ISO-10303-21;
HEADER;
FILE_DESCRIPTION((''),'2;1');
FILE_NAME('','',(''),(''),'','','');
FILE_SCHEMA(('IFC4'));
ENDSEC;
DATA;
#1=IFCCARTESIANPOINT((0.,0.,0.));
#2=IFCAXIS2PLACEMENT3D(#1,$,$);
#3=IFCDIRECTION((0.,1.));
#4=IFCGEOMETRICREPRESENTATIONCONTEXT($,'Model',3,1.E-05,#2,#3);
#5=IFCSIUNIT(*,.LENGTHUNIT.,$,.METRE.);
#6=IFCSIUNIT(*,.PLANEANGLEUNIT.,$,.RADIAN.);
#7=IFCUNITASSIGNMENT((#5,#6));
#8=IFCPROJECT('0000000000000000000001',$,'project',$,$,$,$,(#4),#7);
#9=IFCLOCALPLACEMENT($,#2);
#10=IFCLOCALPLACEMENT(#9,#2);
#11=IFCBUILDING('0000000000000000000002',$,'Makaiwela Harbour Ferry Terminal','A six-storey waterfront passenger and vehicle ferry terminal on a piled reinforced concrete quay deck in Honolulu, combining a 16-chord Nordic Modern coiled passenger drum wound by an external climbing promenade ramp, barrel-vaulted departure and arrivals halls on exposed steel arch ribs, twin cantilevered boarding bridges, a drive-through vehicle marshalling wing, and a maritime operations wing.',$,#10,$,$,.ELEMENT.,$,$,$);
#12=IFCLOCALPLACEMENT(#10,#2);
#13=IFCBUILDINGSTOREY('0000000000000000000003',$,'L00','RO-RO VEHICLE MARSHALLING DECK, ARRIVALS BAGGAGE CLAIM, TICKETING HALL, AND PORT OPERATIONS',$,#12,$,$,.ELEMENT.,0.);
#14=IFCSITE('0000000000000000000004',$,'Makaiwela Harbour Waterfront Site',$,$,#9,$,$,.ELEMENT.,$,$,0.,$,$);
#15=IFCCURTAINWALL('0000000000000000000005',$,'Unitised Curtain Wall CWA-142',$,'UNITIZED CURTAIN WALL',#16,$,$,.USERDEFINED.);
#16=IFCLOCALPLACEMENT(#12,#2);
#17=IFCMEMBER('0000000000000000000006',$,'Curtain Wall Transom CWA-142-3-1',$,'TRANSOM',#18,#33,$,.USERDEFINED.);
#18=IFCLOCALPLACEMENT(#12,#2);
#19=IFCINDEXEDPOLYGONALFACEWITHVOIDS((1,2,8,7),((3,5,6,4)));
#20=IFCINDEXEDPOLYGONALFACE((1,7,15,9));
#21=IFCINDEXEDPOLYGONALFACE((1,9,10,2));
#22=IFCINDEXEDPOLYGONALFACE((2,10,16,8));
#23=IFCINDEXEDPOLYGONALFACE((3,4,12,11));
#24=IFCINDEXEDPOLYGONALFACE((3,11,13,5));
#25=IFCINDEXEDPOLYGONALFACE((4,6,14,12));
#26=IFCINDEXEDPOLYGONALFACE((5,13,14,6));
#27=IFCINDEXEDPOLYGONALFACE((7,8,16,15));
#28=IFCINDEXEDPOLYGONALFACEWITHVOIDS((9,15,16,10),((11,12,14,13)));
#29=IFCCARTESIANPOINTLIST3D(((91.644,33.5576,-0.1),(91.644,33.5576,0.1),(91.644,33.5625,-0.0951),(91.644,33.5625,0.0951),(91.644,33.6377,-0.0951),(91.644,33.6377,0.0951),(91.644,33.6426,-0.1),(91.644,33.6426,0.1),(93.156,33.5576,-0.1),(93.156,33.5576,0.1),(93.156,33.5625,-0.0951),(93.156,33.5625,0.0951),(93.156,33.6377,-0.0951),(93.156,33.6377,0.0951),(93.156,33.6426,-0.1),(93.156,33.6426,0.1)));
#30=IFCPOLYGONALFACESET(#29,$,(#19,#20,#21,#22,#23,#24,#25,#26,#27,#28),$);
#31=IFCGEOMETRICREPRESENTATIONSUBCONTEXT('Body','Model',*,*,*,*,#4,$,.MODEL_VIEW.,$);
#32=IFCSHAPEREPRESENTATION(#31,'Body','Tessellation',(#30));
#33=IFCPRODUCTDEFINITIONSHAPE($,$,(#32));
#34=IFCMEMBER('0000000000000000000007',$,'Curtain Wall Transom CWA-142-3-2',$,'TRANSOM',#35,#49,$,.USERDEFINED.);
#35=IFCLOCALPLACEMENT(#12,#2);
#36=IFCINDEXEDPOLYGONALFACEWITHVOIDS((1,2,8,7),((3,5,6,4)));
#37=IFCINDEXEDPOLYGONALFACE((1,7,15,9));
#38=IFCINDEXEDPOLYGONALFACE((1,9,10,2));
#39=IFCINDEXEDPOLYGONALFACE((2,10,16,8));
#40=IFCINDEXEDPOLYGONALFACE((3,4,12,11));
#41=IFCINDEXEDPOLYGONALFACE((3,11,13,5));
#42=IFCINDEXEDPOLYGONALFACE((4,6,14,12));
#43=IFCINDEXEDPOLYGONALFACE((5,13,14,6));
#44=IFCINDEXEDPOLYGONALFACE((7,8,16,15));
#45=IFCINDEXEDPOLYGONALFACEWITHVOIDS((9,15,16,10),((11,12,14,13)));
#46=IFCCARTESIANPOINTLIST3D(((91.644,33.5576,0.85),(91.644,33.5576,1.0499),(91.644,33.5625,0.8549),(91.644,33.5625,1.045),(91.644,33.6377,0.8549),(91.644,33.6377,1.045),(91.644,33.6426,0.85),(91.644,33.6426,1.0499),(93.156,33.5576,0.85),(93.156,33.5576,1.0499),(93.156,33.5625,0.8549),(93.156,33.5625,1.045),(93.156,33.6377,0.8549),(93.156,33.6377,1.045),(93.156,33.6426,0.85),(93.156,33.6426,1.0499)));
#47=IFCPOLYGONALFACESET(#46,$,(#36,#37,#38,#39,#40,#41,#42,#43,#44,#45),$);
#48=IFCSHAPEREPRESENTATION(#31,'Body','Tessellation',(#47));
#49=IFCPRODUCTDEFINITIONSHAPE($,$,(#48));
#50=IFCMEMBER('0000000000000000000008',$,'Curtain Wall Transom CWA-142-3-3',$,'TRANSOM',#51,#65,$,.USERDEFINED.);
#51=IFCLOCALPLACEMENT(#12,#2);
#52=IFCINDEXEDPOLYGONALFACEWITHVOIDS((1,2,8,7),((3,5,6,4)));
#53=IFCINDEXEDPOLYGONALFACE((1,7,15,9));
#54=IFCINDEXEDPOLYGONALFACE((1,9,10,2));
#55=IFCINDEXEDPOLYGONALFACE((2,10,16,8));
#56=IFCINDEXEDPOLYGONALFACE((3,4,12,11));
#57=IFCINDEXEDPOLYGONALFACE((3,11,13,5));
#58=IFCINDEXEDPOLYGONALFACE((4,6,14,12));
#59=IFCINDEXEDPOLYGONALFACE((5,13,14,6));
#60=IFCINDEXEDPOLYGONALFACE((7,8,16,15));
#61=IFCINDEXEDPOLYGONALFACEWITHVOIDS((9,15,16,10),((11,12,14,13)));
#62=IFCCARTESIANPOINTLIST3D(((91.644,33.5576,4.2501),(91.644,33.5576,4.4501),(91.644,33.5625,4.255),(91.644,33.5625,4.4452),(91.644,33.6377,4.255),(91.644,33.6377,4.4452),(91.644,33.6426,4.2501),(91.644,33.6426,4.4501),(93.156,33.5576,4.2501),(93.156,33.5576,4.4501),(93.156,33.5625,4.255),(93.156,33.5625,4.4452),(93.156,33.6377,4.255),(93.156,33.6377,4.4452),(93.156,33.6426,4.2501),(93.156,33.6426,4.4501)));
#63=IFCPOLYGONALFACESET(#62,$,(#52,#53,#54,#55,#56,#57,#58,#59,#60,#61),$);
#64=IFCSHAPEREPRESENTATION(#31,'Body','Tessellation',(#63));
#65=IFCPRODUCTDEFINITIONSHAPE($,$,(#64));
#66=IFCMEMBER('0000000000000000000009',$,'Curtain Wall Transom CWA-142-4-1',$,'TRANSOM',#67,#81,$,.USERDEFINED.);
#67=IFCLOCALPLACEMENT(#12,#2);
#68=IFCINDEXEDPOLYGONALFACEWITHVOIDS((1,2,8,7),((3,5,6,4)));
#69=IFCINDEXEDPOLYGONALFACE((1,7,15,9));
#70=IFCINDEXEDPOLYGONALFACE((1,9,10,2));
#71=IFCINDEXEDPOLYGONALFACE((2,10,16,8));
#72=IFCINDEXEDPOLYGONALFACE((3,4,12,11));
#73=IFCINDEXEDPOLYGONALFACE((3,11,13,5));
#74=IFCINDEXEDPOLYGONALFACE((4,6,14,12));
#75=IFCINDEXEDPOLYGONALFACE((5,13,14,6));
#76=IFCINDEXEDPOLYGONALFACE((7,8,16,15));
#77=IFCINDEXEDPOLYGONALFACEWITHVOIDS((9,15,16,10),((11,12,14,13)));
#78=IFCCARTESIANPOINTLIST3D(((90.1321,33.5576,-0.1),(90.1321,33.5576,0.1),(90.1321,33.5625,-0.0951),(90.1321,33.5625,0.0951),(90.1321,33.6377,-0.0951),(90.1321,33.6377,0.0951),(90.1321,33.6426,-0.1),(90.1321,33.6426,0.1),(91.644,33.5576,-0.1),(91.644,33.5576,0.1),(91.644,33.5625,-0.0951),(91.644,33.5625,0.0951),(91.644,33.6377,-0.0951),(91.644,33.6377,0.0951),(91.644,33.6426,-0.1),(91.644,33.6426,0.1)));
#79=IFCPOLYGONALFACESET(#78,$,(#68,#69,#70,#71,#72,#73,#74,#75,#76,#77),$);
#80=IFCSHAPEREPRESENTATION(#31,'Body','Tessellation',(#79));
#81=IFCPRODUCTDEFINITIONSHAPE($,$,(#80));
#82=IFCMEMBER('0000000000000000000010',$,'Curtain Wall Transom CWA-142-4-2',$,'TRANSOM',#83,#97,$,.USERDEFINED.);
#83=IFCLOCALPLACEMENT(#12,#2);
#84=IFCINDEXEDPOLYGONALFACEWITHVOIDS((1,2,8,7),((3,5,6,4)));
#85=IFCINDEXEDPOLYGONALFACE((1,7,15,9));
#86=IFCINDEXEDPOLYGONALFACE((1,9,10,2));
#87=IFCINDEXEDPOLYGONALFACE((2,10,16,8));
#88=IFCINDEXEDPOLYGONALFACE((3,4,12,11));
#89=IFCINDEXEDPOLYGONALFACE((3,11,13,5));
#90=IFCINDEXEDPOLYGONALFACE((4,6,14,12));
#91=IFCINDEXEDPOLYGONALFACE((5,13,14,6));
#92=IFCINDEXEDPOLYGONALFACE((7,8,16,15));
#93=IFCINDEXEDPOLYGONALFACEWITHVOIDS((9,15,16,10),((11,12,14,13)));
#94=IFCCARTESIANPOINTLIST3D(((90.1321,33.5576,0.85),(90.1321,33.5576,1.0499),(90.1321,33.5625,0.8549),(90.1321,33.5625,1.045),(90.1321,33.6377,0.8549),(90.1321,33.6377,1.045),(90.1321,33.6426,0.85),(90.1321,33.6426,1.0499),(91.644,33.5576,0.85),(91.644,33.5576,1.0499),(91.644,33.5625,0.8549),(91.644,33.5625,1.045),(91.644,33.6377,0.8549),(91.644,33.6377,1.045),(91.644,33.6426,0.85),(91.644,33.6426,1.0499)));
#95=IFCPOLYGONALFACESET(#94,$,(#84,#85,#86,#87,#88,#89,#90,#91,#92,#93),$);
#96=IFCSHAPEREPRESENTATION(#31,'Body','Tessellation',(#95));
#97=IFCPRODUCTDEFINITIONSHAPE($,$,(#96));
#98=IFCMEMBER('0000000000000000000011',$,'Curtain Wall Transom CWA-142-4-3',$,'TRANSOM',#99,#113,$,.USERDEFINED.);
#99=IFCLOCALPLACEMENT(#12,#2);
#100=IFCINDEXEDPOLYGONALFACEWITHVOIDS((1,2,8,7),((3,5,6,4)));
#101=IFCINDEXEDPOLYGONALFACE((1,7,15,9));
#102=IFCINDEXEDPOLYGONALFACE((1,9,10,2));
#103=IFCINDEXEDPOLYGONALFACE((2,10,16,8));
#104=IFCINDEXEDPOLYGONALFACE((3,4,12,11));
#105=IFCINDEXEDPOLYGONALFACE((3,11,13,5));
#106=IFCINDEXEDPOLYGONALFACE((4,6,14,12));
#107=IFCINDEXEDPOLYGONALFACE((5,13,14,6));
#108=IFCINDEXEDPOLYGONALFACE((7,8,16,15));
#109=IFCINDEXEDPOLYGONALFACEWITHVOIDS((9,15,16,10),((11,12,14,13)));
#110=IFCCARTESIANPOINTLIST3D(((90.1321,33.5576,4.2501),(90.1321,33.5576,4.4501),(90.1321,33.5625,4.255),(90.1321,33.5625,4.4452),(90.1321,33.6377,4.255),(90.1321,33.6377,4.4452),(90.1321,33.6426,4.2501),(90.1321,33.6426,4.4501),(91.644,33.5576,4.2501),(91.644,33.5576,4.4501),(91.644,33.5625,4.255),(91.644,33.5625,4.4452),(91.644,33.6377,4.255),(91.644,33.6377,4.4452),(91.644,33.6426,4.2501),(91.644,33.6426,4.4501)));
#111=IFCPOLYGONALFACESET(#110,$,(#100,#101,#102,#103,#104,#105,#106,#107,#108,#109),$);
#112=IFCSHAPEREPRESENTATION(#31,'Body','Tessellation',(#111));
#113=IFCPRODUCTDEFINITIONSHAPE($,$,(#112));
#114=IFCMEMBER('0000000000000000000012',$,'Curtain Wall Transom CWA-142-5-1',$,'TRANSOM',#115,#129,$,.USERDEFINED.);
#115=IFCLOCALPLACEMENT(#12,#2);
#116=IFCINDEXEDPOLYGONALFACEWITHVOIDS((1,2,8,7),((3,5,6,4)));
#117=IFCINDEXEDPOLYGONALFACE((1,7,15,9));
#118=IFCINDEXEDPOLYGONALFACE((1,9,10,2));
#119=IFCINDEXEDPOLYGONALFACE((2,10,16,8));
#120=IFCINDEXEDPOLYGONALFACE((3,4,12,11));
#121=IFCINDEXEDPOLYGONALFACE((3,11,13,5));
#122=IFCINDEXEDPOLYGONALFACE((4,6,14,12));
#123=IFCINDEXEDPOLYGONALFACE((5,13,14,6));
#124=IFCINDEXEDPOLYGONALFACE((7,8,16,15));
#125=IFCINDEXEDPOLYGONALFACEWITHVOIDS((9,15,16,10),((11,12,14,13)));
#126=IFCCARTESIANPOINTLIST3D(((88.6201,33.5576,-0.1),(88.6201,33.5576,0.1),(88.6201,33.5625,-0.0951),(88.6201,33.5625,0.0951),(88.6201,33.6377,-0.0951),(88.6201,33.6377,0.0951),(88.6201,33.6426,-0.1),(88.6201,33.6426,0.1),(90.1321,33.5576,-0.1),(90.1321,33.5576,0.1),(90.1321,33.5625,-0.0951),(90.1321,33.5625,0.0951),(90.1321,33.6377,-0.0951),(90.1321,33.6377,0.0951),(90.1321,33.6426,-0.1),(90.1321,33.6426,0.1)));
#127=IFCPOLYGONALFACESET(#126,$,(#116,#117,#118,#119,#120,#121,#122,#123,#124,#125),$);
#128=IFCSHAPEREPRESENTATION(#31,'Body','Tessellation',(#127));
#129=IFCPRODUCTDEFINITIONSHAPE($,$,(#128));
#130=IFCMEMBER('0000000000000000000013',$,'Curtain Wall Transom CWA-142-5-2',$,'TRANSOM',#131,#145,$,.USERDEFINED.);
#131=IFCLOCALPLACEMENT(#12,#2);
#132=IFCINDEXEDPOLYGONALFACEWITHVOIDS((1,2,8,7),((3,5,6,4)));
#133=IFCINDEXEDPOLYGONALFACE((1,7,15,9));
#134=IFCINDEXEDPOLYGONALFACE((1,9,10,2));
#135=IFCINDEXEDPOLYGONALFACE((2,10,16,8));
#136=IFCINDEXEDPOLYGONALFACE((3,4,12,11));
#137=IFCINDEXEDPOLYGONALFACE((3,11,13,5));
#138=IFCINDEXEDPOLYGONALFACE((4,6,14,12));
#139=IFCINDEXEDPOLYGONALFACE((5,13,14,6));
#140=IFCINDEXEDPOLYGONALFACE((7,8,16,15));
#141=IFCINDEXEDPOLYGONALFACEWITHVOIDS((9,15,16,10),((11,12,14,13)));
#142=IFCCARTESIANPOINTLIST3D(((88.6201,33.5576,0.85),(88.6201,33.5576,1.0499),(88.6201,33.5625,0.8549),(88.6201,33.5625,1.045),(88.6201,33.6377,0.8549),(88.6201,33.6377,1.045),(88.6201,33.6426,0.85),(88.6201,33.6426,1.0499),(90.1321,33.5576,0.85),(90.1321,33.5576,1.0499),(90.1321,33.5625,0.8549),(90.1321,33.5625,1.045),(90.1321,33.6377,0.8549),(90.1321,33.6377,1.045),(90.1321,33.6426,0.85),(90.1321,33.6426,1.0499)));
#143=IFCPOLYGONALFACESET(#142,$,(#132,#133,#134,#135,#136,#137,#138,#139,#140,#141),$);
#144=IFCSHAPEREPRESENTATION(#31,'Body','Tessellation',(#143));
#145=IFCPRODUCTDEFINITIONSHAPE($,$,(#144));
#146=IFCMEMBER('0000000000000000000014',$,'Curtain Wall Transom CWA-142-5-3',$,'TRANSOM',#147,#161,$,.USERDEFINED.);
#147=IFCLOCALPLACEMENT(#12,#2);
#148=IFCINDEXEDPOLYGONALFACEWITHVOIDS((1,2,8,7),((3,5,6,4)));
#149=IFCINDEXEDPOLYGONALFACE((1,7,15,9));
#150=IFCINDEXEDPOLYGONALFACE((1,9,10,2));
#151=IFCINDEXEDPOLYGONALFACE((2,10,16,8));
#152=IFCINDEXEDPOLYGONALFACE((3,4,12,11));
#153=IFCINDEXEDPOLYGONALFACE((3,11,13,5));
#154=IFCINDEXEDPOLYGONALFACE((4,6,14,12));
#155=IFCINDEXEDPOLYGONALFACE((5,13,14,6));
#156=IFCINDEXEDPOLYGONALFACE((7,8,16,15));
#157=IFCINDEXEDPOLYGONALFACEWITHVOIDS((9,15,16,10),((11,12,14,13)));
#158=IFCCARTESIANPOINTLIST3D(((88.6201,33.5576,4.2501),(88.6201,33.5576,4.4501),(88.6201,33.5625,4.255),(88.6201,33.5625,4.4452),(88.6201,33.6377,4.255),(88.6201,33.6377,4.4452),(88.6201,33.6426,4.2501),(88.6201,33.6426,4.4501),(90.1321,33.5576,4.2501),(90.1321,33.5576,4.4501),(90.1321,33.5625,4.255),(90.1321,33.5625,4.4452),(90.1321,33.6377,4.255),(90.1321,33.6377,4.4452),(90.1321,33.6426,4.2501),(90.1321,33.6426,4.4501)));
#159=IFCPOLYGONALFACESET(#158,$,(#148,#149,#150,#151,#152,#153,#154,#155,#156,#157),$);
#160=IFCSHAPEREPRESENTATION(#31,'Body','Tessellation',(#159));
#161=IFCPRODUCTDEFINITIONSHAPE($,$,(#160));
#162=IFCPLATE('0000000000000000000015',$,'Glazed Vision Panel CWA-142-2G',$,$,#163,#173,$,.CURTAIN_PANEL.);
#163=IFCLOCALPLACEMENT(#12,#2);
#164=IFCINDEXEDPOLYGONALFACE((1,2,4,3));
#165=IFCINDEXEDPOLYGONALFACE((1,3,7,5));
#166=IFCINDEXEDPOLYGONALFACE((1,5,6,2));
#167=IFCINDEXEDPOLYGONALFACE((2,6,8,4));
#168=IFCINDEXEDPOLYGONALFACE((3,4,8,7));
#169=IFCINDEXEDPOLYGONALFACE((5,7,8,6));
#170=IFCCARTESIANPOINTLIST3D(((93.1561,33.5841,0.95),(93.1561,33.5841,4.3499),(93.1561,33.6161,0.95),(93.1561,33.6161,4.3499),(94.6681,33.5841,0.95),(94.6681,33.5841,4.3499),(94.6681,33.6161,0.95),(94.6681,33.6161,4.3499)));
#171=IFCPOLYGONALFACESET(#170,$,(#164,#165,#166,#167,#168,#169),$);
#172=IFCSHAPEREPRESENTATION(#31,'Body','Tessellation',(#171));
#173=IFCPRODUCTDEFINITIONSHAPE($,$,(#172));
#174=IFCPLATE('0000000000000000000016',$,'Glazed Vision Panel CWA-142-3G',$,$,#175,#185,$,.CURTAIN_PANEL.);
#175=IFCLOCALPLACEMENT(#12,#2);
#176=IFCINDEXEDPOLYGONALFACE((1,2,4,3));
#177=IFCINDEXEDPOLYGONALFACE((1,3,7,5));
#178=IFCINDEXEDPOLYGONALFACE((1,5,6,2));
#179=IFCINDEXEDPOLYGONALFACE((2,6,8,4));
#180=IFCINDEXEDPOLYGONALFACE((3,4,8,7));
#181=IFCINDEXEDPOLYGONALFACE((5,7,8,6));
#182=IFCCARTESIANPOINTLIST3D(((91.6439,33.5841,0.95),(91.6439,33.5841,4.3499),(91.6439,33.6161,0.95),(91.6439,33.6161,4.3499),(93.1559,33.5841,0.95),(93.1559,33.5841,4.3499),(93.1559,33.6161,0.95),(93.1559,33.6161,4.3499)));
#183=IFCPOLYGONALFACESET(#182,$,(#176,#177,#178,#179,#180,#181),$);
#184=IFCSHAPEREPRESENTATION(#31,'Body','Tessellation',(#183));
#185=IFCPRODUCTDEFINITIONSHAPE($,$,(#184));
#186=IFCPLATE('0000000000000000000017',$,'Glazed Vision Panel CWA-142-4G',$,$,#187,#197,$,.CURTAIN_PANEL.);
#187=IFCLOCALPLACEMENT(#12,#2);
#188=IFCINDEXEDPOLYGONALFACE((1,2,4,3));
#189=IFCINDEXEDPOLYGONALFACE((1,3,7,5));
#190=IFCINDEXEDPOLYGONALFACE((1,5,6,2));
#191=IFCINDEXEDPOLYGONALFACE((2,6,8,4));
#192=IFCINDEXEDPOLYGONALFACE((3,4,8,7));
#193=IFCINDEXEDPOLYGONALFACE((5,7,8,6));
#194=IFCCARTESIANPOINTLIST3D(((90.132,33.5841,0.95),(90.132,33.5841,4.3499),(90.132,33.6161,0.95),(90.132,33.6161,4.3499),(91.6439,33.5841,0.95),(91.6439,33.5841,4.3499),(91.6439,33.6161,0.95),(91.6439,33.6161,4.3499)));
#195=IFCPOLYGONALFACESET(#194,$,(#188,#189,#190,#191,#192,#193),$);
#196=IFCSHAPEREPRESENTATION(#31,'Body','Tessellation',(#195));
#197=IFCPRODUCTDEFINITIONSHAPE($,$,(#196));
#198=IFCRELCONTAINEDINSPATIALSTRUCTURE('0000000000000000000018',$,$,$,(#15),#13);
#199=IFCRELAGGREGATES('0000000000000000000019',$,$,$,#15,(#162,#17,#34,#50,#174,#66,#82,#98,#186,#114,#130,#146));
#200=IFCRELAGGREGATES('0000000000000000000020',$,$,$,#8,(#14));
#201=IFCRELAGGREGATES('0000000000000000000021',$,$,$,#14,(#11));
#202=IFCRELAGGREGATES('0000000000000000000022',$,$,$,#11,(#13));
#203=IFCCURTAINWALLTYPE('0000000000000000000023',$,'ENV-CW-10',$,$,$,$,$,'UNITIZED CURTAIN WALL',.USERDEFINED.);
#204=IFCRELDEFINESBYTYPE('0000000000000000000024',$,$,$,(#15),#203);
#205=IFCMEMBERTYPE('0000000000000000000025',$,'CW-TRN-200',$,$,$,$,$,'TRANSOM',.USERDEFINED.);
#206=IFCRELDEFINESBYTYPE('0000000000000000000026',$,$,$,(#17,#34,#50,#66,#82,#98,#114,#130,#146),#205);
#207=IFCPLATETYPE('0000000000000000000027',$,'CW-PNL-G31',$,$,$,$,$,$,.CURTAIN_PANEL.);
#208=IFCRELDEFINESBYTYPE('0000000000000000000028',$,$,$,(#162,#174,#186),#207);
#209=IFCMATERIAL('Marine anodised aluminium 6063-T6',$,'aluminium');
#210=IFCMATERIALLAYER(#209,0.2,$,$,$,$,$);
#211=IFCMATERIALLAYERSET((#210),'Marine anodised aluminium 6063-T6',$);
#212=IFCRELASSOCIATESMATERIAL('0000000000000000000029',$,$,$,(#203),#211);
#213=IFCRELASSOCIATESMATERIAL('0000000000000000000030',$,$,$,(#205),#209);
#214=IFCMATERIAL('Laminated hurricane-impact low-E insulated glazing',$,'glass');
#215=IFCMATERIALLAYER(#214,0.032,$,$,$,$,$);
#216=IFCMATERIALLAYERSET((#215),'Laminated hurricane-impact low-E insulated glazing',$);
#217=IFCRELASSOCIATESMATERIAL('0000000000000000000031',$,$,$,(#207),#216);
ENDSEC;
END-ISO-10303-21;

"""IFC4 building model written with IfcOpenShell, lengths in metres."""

from ifc_helpers import new_model, si_unit, direction, frame, origin, origin_2d, place, context, subcontext, project, spatial, rectangle, hollow_rectangle, extrude, material, layer, layer_set, material_profile, profile_set, type_object, element, aggregate, save


model = new_model("IFC4")

# Units and contexts
model_context = context("Model", 3, precision=1e-05, world=origin(), true_north=direction((0.0, 1.0)))
body_context = subcontext(model_context, "Body", "Model", "MODEL_VIEW")
ifc_project = project(units=[si_unit("LENGTHUNIT", "METRE"), si_unit("PLANEANGLEUNIT", "RADIAN")], contexts=[model_context])

# Site, building, storey
site_placement = place(None, origin())
site = spatial("IfcSite", under=ifc_project, at=site_placement, Name="Makaiwela Harbour Waterfront Site", CompositionType="ELEMENT", RefElevation=0.0)
building_placement = place(site_placement, origin())
building = spatial("IfcBuilding", under=site, at=building_placement, Name="Makaiwela Harbour Ferry Terminal", Description="A six-storey waterfront passenger and vehicle ferry terminal on a piled reinforced concrete quay deck in Honolulu, combining a 16-chord Nordic Modern coiled passenger drum wound by an external climbing promenade ramp, barrel-vaulted departure and arrivals halls on exposed steel arch ribs, twin cantilevered boarding bridges, a drive-through vehicle marshalling wing, and a maritime operations wing.", CompositionType="ELEMENT")
storey_placement = place(building_placement, origin())
storey = spatial("IfcBuildingStorey", under=building, at=storey_placement, Name="L00", Description="RO-RO VEHICLE MARSHALLING DECK, ARRIVALS BAGGAGE CLAIM, TICKETING HALL, AND PORT OPERATIONS", CompositionType="ELEMENT", Elevation=0.0)

# Curtain wall, members, plates
ifc_material_1 = material(Name="Marine anodised aluminium 6063-T6", Category="aluminium")
ifc_layer_1 = layer(ifc_material_1, 0.2)
ifc_layer_set_1 = layer_set([ifc_layer_1], Name="Marine anodised aluminium 6063-T6")
curtain_wall_type = type_object("IfcCurtainWallType", Name="ENV-CW-10", ElementType="UNITIZED CURTAIN WALL", PredefinedType="USERDEFINED", material=ifc_layer_set_1)
curtain_wall_placement = place(storey_placement, origin())
curtain_wall = element("IfcCurtainWall", 1, at=curtain_wall_placement, inside=storey, type_object=curtain_wall_type, Name="Unitised Curtain Wall CWA-142", ObjectType="UNITIZED CURTAIN WALL", PredefinedType="USERDEFINED")
ifc_material_profile_1 = material_profile(ifc_material_1, hollow_rectangle(XDim=0.085, YDim=0.2, WallThickness=0.0049, at=origin_2d()), Name="CWT-200X85")
ifc_profile_set_1 = profile_set([ifc_material_profile_1], Name="Marine anodised aluminium 6063-T6")
member_type_1 = type_object("IfcMemberType", Name="CW-TRN-200", ElementType="TRANSOM", PredefinedType="USERDEFINED", material=ifc_profile_set_1)
member_1_placement = place(storey_placement, frame((93.156, 33.6001, 0.0), z_axis=(-1.0, 0.0, 0.0), x_axis=(0.0, -1.0, 0.0)))
member_1 = element("IfcMember", 2, at=member_1_placement, type_object=member_type_1, Name="Curtain Wall Transom CWA-142-3-1", ObjectType="TRANSOM", PredefinedType="USERDEFINED", context=body_context, shape_type="SweptSolid", body=[
    extrude(hollow_rectangle(XDim=0.085, YDim=0.2, WallThickness=0.0049, at=origin_2d()), origin(), (0.0, 0.0, 1.0), 1.512),
])
member_2_placement = place(storey_placement, frame((93.156, 33.6001, 0.95), z_axis=(-1.0, 0.0, 0.0), x_axis=(0.0, -1.0, 0.0)))
member_2 = element("IfcMember", 3, at=member_2_placement, type_object=member_type_1, Name="Curtain Wall Transom CWA-142-3-2", ObjectType="TRANSOM", PredefinedType="USERDEFINED", context=body_context, shape_type="SweptSolid", body=[
    extrude(hollow_rectangle(XDim=0.085, YDim=0.2, WallThickness=0.0049, at=origin_2d()), origin(), (0.0, 0.0, 1.0), 1.512),
])
member_3_placement = place(storey_placement, frame((93.156, 33.6001, 4.3501), z_axis=(-1.0, 0.0, 0.0), x_axis=(0.0, -1.0, 0.0)))
member_3 = element("IfcMember", 4, at=member_3_placement, type_object=member_type_1, Name="Curtain Wall Transom CWA-142-3-3", ObjectType="TRANSOM", PredefinedType="USERDEFINED", context=body_context, shape_type="SweptSolid", body=[
    extrude(hollow_rectangle(XDim=0.085, YDim=0.2, WallThickness=0.0049, at=origin_2d()), origin(), (0.0, 0.0, 1.0), 1.512),
])
member_4_placement = place(storey_placement, frame((91.644, 33.6001, 0.0), z_axis=(-1.0, 0.0, 0.0), x_axis=(0.0, -1.0, 0.0)))
member_4 = element("IfcMember", 5, at=member_4_placement, type_object=member_type_1, Name="Curtain Wall Transom CWA-142-4-1", ObjectType="TRANSOM", PredefinedType="USERDEFINED", context=body_context, shape_type="SweptSolid", body=[
    extrude(hollow_rectangle(XDim=0.085, YDim=0.2, WallThickness=0.0049, at=origin_2d()), origin(), (0.0, 0.0, 1.0), 1.512),
])
member_5_placement = place(storey_placement, frame((91.644, 33.6001, 0.95), z_axis=(-1.0, 0.0, 0.0), x_axis=(0.0, -1.0, 0.0)))
member_5 = element("IfcMember", 6, at=member_5_placement, type_object=member_type_1, Name="Curtain Wall Transom CWA-142-4-2", ObjectType="TRANSOM", PredefinedType="USERDEFINED", context=body_context, shape_type="SweptSolid", body=[
    extrude(hollow_rectangle(XDim=0.085, YDim=0.2, WallThickness=0.0049, at=origin_2d()), origin(), (0.0, 0.0, 1.0), 1.512),
])
member_6_placement = place(storey_placement, frame((91.644, 33.6001, 4.3501), z_axis=(-1.0, 0.0, 0.0), x_axis=(0.0, -1.0, 0.0)))
member_6 = element("IfcMember", 7, at=member_6_placement, type_object=member_type_1, Name="Curtain Wall Transom CWA-142-4-3", ObjectType="TRANSOM", PredefinedType="USERDEFINED", context=body_context, shape_type="SweptSolid", body=[
    extrude(hollow_rectangle(XDim=0.085, YDim=0.2, WallThickness=0.0049, at=origin_2d()), origin(), (0.0, 0.0, 1.0), 1.512),
])
member_7_placement = place(storey_placement, frame((90.1321, 33.6001, 0.0), z_axis=(-1.0, 0.0, 0.0), x_axis=(0.0, -1.0, 0.0)))
member_7 = element("IfcMember", 8, at=member_7_placement, type_object=member_type_1, Name="Curtain Wall Transom CWA-142-5-1", ObjectType="TRANSOM", PredefinedType="USERDEFINED", context=body_context, shape_type="SweptSolid", body=[
    extrude(hollow_rectangle(XDim=0.085, YDim=0.2, WallThickness=0.0049, at=origin_2d()), origin(), (0.0, 0.0, 1.0), 1.512),
])
member_8_placement = place(storey_placement, frame((90.1321, 33.6001, 0.95), z_axis=(-1.0, 0.0, 0.0), x_axis=(0.0, -1.0, 0.0)))
member_8 = element("IfcMember", 9, at=member_8_placement, type_object=member_type_1, Name="Curtain Wall Transom CWA-142-5-2", ObjectType="TRANSOM", PredefinedType="USERDEFINED", context=body_context, shape_type="SweptSolid", body=[
    extrude(hollow_rectangle(XDim=0.085, YDim=0.2, WallThickness=0.0049, at=origin_2d()), origin(), (0.0, 0.0, 1.0), 1.512),
])
member_9_placement = place(storey_placement, frame((90.1321, 33.6001, 4.3501), z_axis=(-1.0, 0.0, 0.0), x_axis=(0.0, -1.0, 0.0)))
member_9 = element("IfcMember", 10, at=member_9_placement, type_object=member_type_1, Name="Curtain Wall Transom CWA-142-5-3", ObjectType="TRANSOM", PredefinedType="USERDEFINED", context=body_context, shape_type="SweptSolid", body=[
    extrude(hollow_rectangle(XDim=0.085, YDim=0.2, WallThickness=0.0049, at=origin_2d()), origin(), (0.0, 0.0, 1.0), 1.512),
])
ifc_material_2 = material(Name="Laminated hurricane-impact low-E insulated glazing", Category="glass")
ifc_layer_2 = layer(ifc_material_2, 0.032)
ifc_layer_set_2 = layer_set([ifc_layer_2], Name="Laminated hurricane-impact low-E insulated glazing")
plate_type_1 = type_object("IfcPlateType", Name="CW-PNL-G31", PredefinedType="CURTAIN_PANEL", material=ifc_layer_set_2)
plate_1_placement = place(storey_placement, frame((93.9121, 33.6001, 0.95), z_axis=(0.0, 0.0, 1.0), x_axis=(-1.0, 0.0, 0.0)))
plate_1 = element("IfcPlate", 11, at=plate_1_placement, type_object=plate_type_1, Name="Glazed Vision Panel CWA-142-2G", PredefinedType="CURTAIN_PANEL", context=body_context, shape_type="SweptSolid", body=[
    extrude(rectangle(XDim=1.512, YDim=0.032, at=origin_2d()), origin(), (0.0, 0.0, 1.0), 3.3999),
])
plate_2_placement = place(storey_placement, frame((92.3999, 33.6001, 0.95), z_axis=(0.0, 0.0, 1.0), x_axis=(-1.0, 0.0, 0.0)))
plate_2 = element("IfcPlate", 12, at=plate_2_placement, type_object=plate_type_1, Name="Glazed Vision Panel CWA-142-3G", PredefinedType="CURTAIN_PANEL", context=body_context, shape_type="SweptSolid", body=[
    extrude(rectangle(XDim=1.512, YDim=0.032, at=origin_2d()), origin(), (0.0, 0.0, 1.0), 3.3999),
])
plate_3_placement = place(storey_placement, frame((90.8879, 33.6001, 0.95), z_axis=(0.0, 0.0, 1.0), x_axis=(-1.0, 0.0, 0.0)))
plate_3 = element("IfcPlate", 13, at=plate_3_placement, type_object=plate_type_1, Name="Glazed Vision Panel CWA-142-4G", PredefinedType="CURTAIN_PANEL", context=body_context, shape_type="SweptSolid", body=[
    extrude(rectangle(XDim=1.512, YDim=0.032, at=origin_2d()), origin(), (0.0, 0.0, 1.0), 3.3999),
])
aggregate(curtain_wall, [plate_1, member_1, member_2, member_3, plate_2, member_4, member_5, member_6, plate_3, member_7, member_8, member_9])

save(model, "model.ifc")
